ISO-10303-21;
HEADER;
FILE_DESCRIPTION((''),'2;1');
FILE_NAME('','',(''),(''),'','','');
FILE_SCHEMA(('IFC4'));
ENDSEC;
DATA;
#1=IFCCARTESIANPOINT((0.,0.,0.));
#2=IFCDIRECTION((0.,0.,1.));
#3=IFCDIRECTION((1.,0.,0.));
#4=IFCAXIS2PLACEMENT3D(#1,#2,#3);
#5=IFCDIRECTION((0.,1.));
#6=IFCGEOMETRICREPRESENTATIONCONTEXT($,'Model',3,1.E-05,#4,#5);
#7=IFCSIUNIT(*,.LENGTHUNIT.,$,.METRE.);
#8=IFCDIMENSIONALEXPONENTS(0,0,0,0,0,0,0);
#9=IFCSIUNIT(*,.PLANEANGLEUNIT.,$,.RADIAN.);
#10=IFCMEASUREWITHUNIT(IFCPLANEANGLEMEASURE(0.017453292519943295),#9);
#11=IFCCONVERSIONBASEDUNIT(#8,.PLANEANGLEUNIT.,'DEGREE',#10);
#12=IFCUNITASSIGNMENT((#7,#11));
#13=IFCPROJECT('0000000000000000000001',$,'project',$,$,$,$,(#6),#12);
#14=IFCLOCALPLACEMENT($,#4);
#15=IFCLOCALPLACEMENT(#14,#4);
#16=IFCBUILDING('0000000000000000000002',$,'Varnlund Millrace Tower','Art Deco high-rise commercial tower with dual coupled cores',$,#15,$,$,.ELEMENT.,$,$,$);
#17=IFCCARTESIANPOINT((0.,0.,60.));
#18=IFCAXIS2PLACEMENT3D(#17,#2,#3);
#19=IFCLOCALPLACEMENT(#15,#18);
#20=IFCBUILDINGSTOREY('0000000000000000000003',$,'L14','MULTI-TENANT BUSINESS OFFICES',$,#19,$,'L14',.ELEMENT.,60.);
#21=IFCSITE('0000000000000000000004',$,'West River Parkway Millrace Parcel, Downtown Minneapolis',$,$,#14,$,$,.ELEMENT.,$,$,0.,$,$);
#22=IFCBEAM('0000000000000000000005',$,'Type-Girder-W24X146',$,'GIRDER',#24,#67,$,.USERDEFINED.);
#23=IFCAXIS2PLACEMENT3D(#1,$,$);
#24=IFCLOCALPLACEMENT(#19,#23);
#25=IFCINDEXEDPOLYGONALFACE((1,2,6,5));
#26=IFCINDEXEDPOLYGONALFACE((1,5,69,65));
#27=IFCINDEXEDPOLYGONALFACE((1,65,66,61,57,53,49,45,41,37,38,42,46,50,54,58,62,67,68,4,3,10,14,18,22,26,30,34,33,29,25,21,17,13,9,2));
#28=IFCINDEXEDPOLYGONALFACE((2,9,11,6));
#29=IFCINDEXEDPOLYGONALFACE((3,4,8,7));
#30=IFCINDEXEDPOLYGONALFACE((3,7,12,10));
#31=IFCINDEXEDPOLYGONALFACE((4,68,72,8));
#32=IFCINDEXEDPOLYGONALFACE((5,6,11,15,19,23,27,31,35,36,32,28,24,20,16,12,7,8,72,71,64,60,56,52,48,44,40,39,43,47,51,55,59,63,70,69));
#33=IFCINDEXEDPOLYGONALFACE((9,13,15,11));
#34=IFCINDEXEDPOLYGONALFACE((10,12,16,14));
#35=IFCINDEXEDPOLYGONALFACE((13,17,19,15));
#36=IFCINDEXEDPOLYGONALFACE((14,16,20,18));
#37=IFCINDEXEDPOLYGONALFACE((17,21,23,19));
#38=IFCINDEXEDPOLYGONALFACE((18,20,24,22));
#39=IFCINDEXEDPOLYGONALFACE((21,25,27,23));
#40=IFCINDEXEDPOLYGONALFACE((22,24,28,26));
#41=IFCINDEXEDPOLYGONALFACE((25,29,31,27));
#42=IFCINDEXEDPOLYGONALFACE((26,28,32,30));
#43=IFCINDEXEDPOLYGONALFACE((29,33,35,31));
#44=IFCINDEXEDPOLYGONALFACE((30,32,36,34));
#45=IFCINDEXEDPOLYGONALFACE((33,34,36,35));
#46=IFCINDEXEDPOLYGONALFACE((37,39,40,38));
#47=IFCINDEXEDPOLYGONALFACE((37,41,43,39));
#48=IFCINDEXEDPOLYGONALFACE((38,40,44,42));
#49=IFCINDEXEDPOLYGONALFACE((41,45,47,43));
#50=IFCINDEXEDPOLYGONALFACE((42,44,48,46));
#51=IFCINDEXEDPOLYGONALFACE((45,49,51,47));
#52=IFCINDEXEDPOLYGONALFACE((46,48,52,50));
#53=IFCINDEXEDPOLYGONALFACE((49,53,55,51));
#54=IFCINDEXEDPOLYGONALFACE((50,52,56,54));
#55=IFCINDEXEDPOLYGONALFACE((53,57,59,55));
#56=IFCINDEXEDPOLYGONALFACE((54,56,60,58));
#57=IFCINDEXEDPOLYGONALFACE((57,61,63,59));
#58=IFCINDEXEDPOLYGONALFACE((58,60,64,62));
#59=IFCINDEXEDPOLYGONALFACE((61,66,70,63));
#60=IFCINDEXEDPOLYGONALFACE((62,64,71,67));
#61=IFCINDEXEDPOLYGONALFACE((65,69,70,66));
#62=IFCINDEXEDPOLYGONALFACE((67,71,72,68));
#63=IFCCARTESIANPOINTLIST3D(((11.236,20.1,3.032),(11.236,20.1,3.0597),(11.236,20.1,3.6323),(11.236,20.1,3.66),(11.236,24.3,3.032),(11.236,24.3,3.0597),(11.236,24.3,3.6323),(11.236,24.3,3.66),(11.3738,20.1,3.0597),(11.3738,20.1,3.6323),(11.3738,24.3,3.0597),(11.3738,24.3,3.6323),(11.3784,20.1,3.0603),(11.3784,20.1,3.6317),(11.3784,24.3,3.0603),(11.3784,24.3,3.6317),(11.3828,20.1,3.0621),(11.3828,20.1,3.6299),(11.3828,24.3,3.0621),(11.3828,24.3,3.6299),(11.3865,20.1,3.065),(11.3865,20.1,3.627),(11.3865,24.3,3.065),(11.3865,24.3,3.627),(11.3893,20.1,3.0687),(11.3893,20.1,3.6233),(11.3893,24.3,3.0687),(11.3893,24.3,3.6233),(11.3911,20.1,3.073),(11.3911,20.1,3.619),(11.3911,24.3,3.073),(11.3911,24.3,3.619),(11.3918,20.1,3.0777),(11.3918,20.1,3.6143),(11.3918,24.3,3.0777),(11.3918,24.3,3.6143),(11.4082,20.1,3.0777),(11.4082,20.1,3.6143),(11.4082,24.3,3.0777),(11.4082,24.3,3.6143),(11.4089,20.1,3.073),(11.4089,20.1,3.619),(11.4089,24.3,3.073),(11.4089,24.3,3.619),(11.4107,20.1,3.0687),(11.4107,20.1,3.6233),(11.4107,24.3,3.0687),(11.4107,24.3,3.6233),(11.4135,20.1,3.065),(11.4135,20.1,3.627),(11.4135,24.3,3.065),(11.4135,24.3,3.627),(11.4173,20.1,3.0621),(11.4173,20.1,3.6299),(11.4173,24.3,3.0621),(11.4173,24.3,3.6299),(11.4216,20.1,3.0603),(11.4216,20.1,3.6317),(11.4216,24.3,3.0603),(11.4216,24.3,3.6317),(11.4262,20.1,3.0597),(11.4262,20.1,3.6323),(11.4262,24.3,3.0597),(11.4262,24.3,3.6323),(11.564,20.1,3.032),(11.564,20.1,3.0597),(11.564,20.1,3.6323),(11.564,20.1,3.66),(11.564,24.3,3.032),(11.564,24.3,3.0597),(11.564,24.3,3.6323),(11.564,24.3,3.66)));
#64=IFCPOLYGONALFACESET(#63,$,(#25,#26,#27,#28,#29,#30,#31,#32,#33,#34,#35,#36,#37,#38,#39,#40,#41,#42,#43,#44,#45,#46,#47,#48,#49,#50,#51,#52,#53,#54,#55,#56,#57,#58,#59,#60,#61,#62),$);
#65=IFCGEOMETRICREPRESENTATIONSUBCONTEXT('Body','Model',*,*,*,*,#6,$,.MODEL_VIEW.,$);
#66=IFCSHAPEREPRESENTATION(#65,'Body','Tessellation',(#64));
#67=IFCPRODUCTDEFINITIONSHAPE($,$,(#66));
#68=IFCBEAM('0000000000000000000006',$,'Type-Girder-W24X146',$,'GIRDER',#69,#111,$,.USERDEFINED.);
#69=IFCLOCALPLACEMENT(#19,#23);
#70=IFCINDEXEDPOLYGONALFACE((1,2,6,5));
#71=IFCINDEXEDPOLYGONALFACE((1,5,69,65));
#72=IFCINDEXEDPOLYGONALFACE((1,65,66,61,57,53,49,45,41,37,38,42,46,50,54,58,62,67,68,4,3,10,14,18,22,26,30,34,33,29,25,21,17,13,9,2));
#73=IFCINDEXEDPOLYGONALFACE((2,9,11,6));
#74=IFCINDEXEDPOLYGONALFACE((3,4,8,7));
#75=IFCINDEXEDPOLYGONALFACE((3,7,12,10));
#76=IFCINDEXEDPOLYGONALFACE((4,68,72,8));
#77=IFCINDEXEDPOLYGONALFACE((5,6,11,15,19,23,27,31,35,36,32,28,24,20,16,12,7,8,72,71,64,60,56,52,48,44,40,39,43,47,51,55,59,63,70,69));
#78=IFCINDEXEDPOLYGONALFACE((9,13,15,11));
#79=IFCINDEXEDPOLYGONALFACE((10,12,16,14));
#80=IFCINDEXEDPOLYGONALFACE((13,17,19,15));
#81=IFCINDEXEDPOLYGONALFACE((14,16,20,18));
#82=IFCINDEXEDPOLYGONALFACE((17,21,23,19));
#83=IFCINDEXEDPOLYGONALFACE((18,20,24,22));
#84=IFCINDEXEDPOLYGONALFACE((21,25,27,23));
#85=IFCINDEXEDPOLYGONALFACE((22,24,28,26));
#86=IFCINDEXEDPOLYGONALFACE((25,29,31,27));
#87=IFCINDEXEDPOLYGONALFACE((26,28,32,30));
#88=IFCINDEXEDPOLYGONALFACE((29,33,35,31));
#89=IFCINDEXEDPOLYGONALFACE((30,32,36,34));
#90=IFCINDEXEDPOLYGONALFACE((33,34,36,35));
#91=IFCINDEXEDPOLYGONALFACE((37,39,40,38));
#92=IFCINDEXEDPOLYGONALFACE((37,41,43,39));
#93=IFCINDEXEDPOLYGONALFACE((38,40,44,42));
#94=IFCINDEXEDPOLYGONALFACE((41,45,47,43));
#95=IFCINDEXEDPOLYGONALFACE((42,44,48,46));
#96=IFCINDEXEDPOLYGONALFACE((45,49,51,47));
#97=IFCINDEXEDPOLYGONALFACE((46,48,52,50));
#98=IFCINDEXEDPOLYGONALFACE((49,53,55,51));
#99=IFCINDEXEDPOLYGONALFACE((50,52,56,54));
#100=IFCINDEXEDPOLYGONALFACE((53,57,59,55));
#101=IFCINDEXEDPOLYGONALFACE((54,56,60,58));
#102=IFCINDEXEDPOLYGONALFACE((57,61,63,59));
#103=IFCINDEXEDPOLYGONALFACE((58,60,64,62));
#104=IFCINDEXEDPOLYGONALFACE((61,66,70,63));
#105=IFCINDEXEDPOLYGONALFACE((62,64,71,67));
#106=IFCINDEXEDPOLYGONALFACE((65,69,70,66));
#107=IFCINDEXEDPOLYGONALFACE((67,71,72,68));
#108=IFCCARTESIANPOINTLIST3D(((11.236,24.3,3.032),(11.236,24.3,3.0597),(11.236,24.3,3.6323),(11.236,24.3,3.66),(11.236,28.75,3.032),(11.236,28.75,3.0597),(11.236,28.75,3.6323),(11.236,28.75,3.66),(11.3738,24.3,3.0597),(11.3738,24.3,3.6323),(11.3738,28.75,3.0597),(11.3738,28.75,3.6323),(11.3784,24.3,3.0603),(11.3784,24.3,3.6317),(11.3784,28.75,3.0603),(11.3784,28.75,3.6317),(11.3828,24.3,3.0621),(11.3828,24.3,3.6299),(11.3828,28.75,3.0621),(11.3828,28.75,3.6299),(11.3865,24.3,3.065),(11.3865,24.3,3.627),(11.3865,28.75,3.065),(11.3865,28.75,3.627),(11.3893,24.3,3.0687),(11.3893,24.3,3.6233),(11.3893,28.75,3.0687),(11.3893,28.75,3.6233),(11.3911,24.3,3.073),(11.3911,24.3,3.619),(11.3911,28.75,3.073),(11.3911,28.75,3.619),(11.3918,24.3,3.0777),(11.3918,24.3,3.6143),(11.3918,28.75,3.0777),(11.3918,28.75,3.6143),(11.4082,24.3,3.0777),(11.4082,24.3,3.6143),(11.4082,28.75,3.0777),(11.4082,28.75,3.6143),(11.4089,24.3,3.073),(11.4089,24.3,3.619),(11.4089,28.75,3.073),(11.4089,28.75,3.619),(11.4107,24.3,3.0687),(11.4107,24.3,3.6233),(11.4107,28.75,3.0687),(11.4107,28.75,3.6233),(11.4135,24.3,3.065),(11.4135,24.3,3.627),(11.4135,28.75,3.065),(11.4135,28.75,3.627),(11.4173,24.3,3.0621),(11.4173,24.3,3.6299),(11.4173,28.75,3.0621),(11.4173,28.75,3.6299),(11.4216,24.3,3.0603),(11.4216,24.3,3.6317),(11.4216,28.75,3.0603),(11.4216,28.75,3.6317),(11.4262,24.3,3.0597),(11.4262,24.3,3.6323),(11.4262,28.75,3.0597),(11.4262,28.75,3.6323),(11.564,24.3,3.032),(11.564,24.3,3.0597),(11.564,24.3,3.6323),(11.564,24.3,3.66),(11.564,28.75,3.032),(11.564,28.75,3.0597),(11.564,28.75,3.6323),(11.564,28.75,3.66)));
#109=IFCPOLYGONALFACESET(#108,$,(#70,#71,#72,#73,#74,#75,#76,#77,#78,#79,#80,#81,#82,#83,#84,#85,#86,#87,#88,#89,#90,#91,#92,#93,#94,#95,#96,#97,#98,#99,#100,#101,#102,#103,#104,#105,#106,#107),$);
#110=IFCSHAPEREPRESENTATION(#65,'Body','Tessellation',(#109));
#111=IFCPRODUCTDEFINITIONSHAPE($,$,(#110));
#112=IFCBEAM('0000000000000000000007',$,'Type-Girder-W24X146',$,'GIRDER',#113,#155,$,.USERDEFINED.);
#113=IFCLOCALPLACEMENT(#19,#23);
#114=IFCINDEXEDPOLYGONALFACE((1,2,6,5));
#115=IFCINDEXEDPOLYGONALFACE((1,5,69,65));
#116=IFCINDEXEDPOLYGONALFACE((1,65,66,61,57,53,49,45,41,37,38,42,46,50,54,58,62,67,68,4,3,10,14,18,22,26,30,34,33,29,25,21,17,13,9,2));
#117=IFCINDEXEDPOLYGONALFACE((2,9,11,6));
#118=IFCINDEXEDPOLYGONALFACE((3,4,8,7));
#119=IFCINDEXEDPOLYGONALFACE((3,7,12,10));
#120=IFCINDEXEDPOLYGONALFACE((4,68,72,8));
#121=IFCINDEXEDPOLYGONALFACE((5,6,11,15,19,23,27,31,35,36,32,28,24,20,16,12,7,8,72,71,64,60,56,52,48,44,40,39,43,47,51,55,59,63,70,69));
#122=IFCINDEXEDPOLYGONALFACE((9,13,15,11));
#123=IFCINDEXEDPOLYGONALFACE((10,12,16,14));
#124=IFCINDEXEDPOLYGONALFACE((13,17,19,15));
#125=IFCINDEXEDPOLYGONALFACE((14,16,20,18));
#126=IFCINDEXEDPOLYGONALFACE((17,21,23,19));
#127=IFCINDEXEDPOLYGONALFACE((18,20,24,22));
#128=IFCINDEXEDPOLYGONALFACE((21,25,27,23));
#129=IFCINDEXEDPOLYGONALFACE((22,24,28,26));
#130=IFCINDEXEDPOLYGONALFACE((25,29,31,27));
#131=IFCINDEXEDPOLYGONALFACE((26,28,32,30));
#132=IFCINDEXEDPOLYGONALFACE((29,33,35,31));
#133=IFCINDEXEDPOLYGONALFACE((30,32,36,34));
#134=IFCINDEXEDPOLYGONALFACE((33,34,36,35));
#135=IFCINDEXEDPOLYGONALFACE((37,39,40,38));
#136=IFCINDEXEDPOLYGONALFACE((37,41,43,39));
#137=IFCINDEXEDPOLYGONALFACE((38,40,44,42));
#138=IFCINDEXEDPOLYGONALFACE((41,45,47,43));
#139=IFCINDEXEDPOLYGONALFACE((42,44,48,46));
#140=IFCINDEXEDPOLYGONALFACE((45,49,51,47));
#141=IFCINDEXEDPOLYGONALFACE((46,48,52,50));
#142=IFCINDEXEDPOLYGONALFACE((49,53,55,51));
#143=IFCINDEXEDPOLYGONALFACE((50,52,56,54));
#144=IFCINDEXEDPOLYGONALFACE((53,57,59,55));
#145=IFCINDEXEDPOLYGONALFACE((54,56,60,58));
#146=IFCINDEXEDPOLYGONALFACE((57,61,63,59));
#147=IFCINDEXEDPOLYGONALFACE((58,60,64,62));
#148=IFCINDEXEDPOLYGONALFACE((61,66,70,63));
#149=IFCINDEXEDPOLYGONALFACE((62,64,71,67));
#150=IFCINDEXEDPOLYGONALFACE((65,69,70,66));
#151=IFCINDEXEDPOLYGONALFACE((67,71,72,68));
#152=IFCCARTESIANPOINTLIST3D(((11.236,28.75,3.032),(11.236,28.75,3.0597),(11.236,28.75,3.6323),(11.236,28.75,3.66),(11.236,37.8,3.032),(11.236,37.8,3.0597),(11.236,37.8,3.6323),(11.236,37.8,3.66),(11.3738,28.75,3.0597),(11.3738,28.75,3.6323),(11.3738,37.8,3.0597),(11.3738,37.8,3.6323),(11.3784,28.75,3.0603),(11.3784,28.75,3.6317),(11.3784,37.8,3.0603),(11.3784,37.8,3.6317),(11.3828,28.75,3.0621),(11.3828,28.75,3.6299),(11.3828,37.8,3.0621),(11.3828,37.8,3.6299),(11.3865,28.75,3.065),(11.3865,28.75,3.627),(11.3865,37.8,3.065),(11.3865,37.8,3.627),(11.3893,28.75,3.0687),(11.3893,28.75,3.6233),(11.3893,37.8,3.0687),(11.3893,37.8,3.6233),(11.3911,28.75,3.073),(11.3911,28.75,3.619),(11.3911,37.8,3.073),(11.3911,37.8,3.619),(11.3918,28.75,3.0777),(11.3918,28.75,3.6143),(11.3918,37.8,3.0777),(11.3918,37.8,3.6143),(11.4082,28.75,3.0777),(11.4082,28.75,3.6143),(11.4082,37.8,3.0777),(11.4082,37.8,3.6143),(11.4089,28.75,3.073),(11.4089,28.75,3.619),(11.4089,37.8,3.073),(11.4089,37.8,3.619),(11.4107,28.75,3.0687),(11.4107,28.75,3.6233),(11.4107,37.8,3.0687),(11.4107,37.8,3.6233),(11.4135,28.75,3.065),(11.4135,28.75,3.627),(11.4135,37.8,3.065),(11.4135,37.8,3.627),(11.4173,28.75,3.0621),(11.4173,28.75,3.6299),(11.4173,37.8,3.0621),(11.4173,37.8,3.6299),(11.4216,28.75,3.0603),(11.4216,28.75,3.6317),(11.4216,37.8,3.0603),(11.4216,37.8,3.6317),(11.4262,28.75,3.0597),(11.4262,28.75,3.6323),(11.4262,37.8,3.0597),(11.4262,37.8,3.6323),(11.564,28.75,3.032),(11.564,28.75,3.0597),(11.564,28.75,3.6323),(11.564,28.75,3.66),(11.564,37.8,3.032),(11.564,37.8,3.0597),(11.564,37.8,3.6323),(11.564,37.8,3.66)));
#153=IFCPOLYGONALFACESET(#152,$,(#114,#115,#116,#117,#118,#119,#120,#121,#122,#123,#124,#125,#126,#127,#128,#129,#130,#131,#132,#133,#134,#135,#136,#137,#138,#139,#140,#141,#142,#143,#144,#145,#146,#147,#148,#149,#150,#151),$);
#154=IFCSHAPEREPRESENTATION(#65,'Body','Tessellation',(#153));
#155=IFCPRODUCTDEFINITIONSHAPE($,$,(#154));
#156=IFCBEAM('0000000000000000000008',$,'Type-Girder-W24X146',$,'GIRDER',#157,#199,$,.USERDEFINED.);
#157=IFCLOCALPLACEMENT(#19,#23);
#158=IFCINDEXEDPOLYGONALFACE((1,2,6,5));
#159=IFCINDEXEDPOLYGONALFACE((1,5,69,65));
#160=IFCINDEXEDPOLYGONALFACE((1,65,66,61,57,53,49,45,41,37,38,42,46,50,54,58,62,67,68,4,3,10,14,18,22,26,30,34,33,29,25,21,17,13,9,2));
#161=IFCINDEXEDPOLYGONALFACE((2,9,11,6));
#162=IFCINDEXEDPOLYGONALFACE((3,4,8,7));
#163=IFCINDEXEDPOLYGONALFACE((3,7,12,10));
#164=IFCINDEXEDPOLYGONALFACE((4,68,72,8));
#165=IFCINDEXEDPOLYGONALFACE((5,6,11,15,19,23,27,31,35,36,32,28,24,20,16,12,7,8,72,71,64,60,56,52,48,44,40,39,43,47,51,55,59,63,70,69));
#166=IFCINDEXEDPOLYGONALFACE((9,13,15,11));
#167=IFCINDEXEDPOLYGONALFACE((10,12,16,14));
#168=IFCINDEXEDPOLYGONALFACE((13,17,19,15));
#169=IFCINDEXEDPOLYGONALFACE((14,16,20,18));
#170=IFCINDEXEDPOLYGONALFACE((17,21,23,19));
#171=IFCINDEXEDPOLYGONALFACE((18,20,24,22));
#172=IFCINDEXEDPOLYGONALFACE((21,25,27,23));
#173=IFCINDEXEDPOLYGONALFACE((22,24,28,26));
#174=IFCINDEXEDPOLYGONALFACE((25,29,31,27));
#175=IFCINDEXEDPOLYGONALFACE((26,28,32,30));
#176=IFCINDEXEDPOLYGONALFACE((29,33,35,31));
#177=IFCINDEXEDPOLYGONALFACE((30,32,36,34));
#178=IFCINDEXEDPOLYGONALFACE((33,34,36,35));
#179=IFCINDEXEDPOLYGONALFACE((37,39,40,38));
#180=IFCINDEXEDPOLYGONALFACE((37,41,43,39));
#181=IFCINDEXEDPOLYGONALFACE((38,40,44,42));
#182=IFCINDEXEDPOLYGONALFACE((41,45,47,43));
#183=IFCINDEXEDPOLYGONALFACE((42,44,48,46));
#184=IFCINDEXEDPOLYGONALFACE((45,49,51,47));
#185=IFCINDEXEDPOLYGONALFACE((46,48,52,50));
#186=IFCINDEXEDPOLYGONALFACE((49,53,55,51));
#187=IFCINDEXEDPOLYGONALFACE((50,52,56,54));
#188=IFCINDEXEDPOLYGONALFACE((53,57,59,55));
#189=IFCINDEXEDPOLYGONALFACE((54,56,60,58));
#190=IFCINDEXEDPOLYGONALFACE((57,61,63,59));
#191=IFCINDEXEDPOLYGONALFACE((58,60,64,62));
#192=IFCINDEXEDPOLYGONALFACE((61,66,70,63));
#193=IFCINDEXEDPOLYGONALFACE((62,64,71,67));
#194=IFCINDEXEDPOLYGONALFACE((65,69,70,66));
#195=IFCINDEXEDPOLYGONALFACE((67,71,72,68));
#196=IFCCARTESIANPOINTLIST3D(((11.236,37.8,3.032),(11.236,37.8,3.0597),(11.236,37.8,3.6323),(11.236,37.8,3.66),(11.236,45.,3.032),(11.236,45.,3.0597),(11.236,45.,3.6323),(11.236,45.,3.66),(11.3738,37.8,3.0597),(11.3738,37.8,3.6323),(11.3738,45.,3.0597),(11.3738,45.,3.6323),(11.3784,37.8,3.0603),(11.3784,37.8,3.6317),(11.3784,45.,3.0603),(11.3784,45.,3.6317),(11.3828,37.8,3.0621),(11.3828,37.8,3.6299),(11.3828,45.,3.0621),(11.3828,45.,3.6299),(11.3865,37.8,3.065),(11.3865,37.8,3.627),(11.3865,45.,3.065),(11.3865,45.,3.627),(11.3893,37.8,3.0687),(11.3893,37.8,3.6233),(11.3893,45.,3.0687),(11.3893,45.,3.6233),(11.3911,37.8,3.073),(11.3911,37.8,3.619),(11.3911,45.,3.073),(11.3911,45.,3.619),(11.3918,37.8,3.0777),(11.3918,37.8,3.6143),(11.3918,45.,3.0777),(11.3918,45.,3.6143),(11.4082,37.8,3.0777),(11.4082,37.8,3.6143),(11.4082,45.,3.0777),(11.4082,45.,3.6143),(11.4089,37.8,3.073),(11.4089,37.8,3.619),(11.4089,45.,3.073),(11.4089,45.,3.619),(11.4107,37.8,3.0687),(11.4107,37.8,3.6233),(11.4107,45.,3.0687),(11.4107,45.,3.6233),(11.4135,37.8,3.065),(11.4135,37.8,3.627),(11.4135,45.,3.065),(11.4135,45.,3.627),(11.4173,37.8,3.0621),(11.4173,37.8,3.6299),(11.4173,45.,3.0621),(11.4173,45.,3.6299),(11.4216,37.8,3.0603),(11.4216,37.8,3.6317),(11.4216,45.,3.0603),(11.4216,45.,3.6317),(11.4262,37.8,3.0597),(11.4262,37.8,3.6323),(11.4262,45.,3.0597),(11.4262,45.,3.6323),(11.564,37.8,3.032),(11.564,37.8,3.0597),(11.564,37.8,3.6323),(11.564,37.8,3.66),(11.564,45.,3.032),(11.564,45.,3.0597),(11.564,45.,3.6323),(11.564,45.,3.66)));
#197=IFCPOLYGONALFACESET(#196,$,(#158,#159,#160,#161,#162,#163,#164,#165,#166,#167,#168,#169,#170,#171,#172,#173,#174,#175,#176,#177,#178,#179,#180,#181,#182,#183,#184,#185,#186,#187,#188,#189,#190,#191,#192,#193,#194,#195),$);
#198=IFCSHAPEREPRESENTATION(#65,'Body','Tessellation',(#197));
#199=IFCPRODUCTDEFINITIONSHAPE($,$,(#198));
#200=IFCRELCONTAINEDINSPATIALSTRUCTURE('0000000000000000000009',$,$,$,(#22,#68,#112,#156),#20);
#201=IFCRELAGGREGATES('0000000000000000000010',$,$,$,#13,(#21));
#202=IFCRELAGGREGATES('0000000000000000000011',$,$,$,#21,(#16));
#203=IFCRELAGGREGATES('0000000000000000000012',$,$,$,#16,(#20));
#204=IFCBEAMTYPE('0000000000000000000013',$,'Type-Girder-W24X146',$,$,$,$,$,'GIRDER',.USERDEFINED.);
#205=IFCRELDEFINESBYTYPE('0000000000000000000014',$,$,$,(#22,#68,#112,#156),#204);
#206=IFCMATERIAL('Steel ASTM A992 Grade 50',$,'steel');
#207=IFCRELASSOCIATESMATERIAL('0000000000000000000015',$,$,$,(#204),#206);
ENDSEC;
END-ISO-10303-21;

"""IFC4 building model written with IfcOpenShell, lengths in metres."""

from ifc_helpers import new_model, entity, si_unit, converted_unit, direction, frame, origin_with_axes, origin_2d_with_axis, place, context, subcontext, project, spatial, i_section, extrude, material, material_profile, profile_set, type_object, element, save


model = new_model("IFC4")

# Units and contexts
model_context = context("Model", 3, precision=1e-05, world=origin_with_axes(), true_north=direction((0.0, 1.0)))
body_context = subcontext(model_context, "Body", "Model", "MODEL_VIEW")
ifc_project = project(units=[si_unit("LENGTHUNIT", "METRE"), converted_unit("PLANEANGLEUNIT", "DEGREE", entity("IfcPlaneAngleMeasure", 0.017453292519943295), si_unit("PLANEANGLEUNIT", "RADIAN"), dimensions=[0, 0, 0, 0, 0, 0, 0])], contexts=[model_context])

# Site, building, storey
site_placement = place(None, origin_with_axes())
site = spatial("IfcSite", under=ifc_project, at=site_placement, Name="West River Parkway Millrace Parcel, Downtown Minneapolis", CompositionType="ELEMENT", RefElevation=0.0)
building_placement = place(site_placement, origin_with_axes())
building = spatial("IfcBuilding", under=site, at=building_placement, Name="Varnlund Millrace Tower", Description="Art Deco high-rise commercial tower with dual coupled cores", CompositionType="ELEMENT")
storey_placement = place(building_placement, frame((0.0, 0.0, 60.0), z_axis=(0.0, 0.0, 1.0), x_axis=(1.0, 0.0, 0.0)))
storey = spatial("IfcBuildingStorey", under=building, at=storey_placement, Name="L14", Description="MULTI-TENANT BUSINESS OFFICES", LongName="L14", CompositionType="ELEMENT", Elevation=60.0)

# Beams
ifc_material_1 = material(Name="Steel ASTM A992 Grade 50", Category="steel")
ifc_material_profile_1 = material_profile(ifc_material_1, i_section(OverallWidth=0.328, OverallDepth=0.628, WebThickness=0.0165, FlangeThickness=0.0277, FilletRadius=0.018, at=origin_2d_with_axis()), Name="Steel ASTM A992 Grade 50")
ifc_profile_set_1 = profile_set([ifc_material_profile_1], Name="Steel ASTM A992 Grade 50")
beam_type_1 = type_object("IfcBeamType", Name="Type-Girder-W24X146", ElementType="GIRDER", PredefinedType="USERDEFINED", material=ifc_profile_set_1)
beam_1_placement = place(storey_placement, frame((11.4, 20.1, 3.346), z_axis=(0.0, 1.0, 0.0), x_axis=(-1.0, 0.0, 0.0)))
element("IfcBeam", 1, at=beam_1_placement, inside=storey, type_object=beam_type_1, Name="Type-Girder-W24X146", ObjectType="GIRDER", PredefinedType="USERDEFINED", context=body_context, shape_type="SweptSolid", body=[
    extrude(i_section(OverallWidth=0.328, OverallDepth=0.628, WebThickness=0.0165, FlangeThickness=0.0277, FilletRadius=0.018, at=origin_2d_with_axis()), origin_with_axes(), (0.0, 0.0, 1.0), 4.2),
])
beam_2_placement = place(storey_placement, frame((11.4, 24.3, 3.346), z_axis=(0.0, 1.0, 0.0), x_axis=(-1.0, 0.0, 0.0)))
element("IfcBeam", 2, at=beam_2_placement, inside=storey, type_object=beam_type_1, Name="Type-Girder-W24X146", ObjectType="GIRDER", PredefinedType="USERDEFINED", context=body_context, shape_type="SweptSolid", body=[
    extrude(i_section(OverallWidth=0.328, OverallDepth=0.628, WebThickness=0.0165, FlangeThickness=0.0277, FilletRadius=0.018, at=origin_2d_with_axis()), origin_with_axes(), (0.0, 0.0, 1.0), 4.45),
])
beam_3_placement = place(storey_placement, frame((11.4, 28.75, 3.346), z_axis=(0.0, 1.0, 0.0), x_axis=(-1.0, 0.0, 0.0)))
element("IfcBeam", 3, at=beam_3_placement, inside=storey, type_object=beam_type_1, Name="Type-Girder-W24X146", ObjectType="GIRDER", PredefinedType="USERDEFINED", context=body_context, shape_type="SweptSolid", body=[
    extrude(i_section(OverallWidth=0.328, OverallDepth=0.628, WebThickness=0.0165, FlangeThickness=0.0277, FilletRadius=0.018, at=origin_2d_with_axis()), origin_with_axes(), (0.0, 0.0, 1.0), 9.05),
])
beam_4_placement = place(storey_placement, frame((11.4, 37.8, 3.346), z_axis=(0.0, 1.0, 0.0), x_axis=(-1.0, 0.0, 0.0)))
element("IfcBeam", 4, at=beam_4_placement, inside=storey, type_object=beam_type_1, Name="Type-Girder-W24X146", ObjectType="GIRDER", PredefinedType="USERDEFINED", context=body_context, shape_type="SweptSolid", body=[
    extrude(i_section(OverallWidth=0.328, OverallDepth=0.628, WebThickness=0.0165, FlangeThickness=0.0277, FilletRadius=0.018, at=origin_2d_with_axis()), origin_with_axes(), (0.0, 0.0, 1.0), 7.2),
])

save(model, "model.ifc")
